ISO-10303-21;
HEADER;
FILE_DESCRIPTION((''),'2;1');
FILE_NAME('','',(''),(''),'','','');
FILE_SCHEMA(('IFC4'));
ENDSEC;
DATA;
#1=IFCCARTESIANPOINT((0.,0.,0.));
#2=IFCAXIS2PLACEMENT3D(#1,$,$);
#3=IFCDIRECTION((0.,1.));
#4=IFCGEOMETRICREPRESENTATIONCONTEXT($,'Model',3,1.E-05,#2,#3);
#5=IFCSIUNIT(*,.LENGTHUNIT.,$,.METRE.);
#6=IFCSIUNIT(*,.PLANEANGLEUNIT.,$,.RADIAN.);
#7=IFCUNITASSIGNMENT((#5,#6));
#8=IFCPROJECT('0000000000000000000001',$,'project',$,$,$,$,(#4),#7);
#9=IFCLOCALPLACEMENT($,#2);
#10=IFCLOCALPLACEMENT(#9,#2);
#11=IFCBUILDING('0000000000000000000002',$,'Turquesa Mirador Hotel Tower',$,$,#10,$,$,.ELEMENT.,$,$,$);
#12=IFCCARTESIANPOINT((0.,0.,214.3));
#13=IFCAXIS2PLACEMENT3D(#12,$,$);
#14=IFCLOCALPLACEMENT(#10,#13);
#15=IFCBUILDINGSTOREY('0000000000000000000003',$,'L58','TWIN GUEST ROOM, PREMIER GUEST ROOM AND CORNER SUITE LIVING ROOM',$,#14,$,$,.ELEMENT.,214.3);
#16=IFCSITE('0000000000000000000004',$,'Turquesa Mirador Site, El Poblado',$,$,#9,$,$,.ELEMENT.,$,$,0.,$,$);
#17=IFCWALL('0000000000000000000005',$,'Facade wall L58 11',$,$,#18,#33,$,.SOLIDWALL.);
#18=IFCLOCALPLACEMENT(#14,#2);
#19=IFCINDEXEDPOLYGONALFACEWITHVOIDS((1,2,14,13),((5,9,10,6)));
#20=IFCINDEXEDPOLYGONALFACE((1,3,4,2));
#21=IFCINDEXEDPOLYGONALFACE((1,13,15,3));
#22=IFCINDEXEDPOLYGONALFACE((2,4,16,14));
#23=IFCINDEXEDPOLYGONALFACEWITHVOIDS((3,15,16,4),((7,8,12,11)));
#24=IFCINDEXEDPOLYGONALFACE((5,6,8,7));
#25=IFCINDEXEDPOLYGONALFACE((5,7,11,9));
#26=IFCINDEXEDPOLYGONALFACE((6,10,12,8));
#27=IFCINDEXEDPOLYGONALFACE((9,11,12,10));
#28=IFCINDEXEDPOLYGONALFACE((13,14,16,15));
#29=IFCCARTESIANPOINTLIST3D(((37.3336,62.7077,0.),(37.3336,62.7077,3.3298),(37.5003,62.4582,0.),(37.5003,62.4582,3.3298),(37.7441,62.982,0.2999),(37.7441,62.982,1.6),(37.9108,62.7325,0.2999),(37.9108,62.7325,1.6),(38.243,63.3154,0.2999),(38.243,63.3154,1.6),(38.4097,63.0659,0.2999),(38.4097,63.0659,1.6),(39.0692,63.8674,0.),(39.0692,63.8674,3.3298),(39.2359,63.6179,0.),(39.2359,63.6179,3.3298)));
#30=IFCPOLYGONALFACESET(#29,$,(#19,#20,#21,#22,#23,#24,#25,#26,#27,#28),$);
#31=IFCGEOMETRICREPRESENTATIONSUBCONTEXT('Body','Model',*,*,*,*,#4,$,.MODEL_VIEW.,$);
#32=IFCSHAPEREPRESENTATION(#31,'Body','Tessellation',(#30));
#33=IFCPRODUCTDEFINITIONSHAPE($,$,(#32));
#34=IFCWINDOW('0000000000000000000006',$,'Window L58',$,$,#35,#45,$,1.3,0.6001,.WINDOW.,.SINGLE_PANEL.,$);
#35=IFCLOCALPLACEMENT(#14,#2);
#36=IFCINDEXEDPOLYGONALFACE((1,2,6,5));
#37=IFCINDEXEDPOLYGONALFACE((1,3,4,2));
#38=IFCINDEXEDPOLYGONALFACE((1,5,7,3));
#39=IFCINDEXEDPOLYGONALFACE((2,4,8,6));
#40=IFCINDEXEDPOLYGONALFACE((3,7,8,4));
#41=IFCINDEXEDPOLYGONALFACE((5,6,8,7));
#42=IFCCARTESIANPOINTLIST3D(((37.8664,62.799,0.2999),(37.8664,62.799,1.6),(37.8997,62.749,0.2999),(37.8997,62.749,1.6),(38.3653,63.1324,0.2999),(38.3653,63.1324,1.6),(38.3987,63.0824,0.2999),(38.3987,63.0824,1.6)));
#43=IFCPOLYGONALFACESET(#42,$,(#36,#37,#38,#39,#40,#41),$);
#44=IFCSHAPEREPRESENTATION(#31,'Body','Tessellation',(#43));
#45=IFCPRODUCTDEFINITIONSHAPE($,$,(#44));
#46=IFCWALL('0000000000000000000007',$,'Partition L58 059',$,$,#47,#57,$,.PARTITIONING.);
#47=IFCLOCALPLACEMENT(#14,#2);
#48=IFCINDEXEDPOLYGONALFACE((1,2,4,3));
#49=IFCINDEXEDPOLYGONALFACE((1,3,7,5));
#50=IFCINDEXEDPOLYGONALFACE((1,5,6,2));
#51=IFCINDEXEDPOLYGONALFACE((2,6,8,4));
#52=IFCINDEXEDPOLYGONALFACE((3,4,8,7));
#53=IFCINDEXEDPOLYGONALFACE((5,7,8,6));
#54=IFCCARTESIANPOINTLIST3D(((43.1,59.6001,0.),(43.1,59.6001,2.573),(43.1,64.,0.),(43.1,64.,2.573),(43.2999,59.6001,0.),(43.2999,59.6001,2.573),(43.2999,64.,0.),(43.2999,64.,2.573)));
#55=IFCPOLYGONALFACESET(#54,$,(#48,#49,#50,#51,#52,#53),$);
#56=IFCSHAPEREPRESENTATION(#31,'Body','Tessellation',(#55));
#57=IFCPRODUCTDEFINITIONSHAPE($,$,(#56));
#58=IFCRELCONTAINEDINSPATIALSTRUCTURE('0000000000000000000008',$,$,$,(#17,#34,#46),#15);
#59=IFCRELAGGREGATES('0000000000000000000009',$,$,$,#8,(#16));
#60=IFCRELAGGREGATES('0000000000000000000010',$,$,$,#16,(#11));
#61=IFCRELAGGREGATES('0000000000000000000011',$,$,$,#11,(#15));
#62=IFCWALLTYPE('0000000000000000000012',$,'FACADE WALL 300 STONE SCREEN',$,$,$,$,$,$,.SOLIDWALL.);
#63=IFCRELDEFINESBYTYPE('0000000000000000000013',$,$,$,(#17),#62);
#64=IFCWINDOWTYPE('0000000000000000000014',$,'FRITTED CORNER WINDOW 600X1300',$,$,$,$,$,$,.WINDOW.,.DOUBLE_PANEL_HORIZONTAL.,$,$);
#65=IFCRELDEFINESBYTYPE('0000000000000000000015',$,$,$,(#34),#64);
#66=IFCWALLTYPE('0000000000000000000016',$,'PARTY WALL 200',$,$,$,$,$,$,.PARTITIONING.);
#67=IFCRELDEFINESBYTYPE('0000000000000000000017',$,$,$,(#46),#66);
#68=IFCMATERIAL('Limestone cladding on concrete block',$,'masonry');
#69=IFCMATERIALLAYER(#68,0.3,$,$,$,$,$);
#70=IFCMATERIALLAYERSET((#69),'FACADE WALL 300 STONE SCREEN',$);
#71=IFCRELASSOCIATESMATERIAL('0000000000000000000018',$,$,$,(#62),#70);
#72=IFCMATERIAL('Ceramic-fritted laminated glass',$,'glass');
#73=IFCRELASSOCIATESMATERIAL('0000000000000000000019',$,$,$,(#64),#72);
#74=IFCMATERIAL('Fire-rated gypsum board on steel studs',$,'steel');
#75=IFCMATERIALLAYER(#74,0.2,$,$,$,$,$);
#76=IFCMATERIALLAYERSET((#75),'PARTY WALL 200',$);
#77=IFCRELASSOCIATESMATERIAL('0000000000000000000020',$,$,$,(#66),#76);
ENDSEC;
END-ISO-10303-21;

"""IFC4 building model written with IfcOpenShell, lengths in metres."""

from ifc_helpers import new_model, si_unit, direction, frame, frame_2d, origin, place, context, subcontext, project, spatial, rectangle, extrude, material, layer, layer_set, type_object, element, fill, save


model = new_model("IFC4")

# Units and contexts
model_context = context("Model", 3, precision=1e-05, world=origin(), true_north=direction((0.0, 1.0)))
body_context = subcontext(model_context, "Body", "Model", "MODEL_VIEW")
ifc_project = project(units=[si_unit("LENGTHUNIT", "METRE"), si_unit("PLANEANGLEUNIT", "RADIAN")], contexts=[model_context])

# Site, building, storey
site_placement = place(None, origin())
site = spatial("IfcSite", under=ifc_project, at=site_placement, Name="Turquesa Mirador Site, El Poblado", CompositionType="ELEMENT", RefElevation=0.0)
building_placement = place(site_placement, origin())
building = spatial("IfcBuilding", under=site, at=building_placement, Name="Turquesa Mirador Hotel Tower", CompositionType="ELEMENT")
storey_placement = place(building_placement, frame((0.0, 0.0, 214.3)))
storey = spatial("IfcBuildingStorey", under=building, at=storey_placement, Name="L58", Description="TWIN GUEST ROOM, PREMIER GUEST ROOM AND CORNER SUITE LIVING ROOM", CompositionType="ELEMENT", Elevation=214.3)

# Wall, opening, window
ifc_material_1 = material(Name="Limestone cladding on concrete block", Category="masonry")
ifc_layer_1 = layer(ifc_material_1, 0.3)
ifc_layer_set_1 = layer_set([ifc_layer_1], Name="FACADE WALL 300 STONE SCREEN")
wall_type_1 = type_object("IfcWallType", Name="FACADE WALL 300 STONE SCREEN", PredefinedType="SOLIDWALL", material=ifc_layer_set_1)
wall_1_placement = place(storey_placement, frame((39.1526, 63.7427, 0.0), z_axis=(0.0, 0.0, 1.0), x_axis=(-0.831474, -0.555564, 0.0)))
wall_1 = element("IfcWall", 1, at=wall_1_placement, inside=storey, type_object=wall_type_1, Name="Facade wall L58 11", PredefinedType="SOLIDWALL", context=body_context, shape_type="SweptSolid", body=[
    extrude(rectangle(XDim=2.0874, YDim=0.3, at=frame_2d((1.0437, 0.0))), origin(), (0.0, 0.0, 1.0), 3.3298),
])
opening_1_placement = place(wall_1_placement, frame((0.9937, 0.0, 0.3)))
opening_1 = element("IfcOpeningElement", 2, at=opening_1_placement, cuts=wall_1, PredefinedType="OPENING", context=body_context, shape_type="SweptSolid", body=[
    extrude(rectangle(XDim=0.6001, YDim=1.3, at=frame_2d((0.3, 0.6499))), frame((0.0, 0.1599, 0.0), z_axis=(0.0, -1.0, 0.0), x_axis=(1.0, 0.0, 0.0)), (0.0, 0.0, 1.0), 0.3201),
])
ifc_material_2 = material(Name="Ceramic-fritted laminated glass", Category="glass")
window_type_1 = type_object("IfcWindowType", Name="FRITTED CORNER WINDOW 600X1300", PartitioningType="DOUBLE_PANEL_HORIZONTAL", PredefinedType="WINDOW", material=ifc_material_2)
window_1_placement = place(opening_1_placement, origin())
window_1 = element("IfcWindow", 3, at=window_1_placement, inside=storey, type_object=window_type_1, Name="Window L58", OverallHeight=1.3, OverallWidth=0.6001, PartitioningType="SINGLE_PANEL", PredefinedType="WINDOW", context=body_context, shape_type="SweptSolid", body=[
    extrude(rectangle(XDim=0.6001, YDim=1.3, at=frame_2d((0.3, 0.6499))), frame((0.0, 0.1301, 0.0), z_axis=(0.0, -1.0, 0.0), x_axis=(1.0, 0.0, 0.0)), (0.0, 0.0, 1.0), 0.0601),
])
fill(opening_1, window_1)

# Wall
ifc_material_3 = material(Name="Fire-rated gypsum board on steel studs", Category="steel")
ifc_layer_2 = layer(ifc_material_3, 0.2)
ifc_layer_set_2 = layer_set([ifc_layer_2], Name="PARTY WALL 200")
wall_type_2 = type_object("IfcWallType", Name="PARTY WALL 200", PredefinedType="PARTITIONING", material=ifc_layer_set_2)
wall_2_placement = place(storey_placement, frame((43.2, 59.6001, 0.0), z_axis=(0.0, 0.0, 1.0), x_axis=(0.0, 1.0, 0.0)))
element("IfcWall", 4, at=wall_2_placement, inside=storey, type_object=wall_type_2, Name="Partition L58 059", PredefinedType="PARTITIONING", context=body_context, shape_type="SweptSolid", body=[
    extrude(rectangle(XDim=4.3999, YDim=0.2, at=frame_2d((2.2, 0.0))), origin(), (0.0, 0.0, 1.0), 2.573),
])

save(model, "model.ifc")
